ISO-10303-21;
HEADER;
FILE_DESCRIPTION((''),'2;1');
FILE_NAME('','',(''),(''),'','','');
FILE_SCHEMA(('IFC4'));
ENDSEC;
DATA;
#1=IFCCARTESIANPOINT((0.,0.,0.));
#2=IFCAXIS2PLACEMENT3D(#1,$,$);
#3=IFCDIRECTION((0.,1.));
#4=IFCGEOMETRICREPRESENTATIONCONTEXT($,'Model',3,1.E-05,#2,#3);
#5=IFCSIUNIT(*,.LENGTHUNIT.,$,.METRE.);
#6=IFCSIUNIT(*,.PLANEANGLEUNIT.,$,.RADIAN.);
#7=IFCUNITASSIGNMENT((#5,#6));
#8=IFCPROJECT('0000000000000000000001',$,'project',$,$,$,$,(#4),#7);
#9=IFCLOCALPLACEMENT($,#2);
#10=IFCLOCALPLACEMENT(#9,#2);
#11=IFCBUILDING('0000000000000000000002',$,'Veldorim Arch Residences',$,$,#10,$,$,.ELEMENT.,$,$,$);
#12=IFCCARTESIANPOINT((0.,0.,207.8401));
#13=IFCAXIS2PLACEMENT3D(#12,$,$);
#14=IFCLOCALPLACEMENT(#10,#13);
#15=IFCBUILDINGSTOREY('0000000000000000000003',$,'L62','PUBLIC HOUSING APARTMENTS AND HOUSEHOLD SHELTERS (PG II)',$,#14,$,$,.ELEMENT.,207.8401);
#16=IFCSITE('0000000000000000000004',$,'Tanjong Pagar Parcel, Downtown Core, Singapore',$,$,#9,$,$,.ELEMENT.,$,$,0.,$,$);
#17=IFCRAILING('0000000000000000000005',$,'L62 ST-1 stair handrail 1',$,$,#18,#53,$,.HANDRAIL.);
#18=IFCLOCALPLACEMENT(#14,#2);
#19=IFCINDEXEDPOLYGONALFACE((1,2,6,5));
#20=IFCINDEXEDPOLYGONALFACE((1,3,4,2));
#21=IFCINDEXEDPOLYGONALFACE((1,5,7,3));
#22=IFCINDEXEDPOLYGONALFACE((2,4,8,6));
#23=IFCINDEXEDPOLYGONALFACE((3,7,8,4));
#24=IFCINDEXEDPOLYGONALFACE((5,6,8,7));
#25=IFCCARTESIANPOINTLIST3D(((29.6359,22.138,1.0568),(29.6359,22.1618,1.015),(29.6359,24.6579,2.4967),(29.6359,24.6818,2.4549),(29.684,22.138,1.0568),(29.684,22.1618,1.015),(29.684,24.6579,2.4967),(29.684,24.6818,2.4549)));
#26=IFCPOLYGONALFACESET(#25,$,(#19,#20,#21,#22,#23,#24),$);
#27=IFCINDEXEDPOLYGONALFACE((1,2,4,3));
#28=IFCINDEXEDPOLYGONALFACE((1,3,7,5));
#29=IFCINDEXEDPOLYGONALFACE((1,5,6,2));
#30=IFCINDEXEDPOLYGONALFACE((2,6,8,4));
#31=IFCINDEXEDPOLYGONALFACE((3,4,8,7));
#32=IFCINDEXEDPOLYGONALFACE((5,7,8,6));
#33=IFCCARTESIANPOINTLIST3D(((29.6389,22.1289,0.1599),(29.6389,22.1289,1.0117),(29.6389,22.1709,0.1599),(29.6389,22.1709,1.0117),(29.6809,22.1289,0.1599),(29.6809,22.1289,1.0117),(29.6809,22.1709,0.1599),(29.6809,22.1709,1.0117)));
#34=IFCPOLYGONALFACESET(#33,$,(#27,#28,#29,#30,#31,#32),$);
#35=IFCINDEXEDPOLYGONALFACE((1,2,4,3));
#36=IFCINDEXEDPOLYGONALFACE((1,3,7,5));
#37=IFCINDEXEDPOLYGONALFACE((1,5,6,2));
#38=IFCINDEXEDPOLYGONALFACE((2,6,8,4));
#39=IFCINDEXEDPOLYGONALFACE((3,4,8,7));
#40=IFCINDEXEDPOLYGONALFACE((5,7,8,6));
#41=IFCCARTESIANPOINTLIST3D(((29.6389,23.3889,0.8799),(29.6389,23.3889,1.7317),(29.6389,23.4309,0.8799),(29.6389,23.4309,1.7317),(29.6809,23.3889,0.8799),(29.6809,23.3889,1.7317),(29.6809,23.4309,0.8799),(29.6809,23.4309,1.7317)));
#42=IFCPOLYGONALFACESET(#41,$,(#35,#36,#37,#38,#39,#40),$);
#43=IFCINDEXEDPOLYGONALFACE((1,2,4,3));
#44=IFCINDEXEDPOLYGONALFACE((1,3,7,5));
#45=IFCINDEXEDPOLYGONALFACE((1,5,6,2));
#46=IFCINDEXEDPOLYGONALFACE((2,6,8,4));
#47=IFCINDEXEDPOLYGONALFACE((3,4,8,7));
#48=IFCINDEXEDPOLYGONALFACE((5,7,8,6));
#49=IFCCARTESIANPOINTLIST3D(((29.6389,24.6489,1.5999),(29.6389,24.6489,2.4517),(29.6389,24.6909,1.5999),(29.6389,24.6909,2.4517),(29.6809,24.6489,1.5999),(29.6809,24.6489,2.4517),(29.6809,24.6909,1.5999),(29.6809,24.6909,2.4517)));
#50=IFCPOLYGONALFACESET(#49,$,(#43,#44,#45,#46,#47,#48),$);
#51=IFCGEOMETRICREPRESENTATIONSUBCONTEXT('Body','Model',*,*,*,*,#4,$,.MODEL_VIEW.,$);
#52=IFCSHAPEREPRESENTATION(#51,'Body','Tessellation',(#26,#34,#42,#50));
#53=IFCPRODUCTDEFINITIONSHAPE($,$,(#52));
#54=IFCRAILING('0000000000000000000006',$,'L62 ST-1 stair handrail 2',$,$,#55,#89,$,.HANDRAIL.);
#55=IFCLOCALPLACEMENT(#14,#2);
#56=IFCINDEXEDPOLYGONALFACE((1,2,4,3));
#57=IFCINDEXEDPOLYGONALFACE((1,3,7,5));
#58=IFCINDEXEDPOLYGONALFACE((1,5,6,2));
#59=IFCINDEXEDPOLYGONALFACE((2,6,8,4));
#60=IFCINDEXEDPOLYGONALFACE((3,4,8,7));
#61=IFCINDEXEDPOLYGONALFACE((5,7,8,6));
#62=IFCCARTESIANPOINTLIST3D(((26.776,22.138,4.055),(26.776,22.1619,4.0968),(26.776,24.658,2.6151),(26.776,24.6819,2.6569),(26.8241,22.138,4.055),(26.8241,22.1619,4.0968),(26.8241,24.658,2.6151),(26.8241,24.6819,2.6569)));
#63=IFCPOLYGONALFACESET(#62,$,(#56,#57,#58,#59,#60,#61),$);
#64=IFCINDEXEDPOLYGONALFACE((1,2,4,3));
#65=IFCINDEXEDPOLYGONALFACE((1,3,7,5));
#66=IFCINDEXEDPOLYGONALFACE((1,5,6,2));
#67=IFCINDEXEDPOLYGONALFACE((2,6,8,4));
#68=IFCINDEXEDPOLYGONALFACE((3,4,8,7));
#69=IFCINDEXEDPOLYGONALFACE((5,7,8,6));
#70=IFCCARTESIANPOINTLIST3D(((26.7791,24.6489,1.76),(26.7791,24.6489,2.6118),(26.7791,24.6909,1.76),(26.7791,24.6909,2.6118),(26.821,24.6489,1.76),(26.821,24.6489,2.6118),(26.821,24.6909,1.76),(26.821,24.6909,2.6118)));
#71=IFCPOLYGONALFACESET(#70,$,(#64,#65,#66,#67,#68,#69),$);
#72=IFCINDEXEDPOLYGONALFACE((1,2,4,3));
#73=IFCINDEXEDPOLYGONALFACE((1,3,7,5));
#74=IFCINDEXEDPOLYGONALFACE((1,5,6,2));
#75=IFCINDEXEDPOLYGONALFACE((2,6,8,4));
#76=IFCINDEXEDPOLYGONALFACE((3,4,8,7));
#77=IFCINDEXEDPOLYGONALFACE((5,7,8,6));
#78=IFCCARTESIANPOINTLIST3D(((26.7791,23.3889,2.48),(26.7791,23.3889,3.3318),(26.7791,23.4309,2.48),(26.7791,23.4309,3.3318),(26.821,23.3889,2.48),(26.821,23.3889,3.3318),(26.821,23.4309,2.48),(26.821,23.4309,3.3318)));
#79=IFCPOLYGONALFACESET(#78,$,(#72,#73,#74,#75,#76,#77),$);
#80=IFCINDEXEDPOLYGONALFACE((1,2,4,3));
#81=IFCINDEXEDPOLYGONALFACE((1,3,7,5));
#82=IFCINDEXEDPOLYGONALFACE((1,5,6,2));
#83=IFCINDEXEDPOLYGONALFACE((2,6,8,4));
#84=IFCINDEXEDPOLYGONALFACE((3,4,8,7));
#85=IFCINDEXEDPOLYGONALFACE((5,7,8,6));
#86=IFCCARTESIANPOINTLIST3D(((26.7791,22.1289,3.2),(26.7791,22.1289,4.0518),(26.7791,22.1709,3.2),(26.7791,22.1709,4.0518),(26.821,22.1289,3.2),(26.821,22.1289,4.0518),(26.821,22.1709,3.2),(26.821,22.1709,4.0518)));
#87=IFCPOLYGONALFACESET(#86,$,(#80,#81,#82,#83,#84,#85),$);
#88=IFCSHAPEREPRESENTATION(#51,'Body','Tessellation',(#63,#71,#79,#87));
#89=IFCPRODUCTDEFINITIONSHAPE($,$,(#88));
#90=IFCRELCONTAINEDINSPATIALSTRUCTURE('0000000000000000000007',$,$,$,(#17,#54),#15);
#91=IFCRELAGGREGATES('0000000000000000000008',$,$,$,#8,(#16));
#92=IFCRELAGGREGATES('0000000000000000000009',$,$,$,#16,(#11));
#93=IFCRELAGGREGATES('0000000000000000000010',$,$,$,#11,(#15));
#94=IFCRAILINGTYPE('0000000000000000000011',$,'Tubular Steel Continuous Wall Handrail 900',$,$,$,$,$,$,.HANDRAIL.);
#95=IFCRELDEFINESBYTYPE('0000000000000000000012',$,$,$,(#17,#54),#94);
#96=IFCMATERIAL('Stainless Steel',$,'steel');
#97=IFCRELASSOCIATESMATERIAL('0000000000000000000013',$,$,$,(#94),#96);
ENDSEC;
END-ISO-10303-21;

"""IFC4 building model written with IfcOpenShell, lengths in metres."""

from ifc_helpers import new_model, si_unit, direction, frame, origin, origin_2d, place, context, subcontext, project, spatial, rectangle, extrude, material, type_object, element, save


model = new_model("IFC4")

# Units and contexts
model_context = context("Model", 3, precision=1e-05, world=origin(), true_north=direction((0.0, 1.0)))
body_context = subcontext(model_context, "Body", "Model", "MODEL_VIEW")
ifc_project = project(units=[si_unit("LENGTHUNIT", "METRE"), si_unit("PLANEANGLEUNIT", "RADIAN")], contexts=[model_context])

# Site, building, storey
site_placement = place(None, origin())
site = spatial("IfcSite", under=ifc_project, at=site_placement, Name="Tanjong Pagar Parcel, Downtown Core, Singapore", CompositionType="ELEMENT", RefElevation=0.0)
building_placement = place(site_placement, origin())
building = spatial("IfcBuilding", under=site, at=building_placement, Name="Veldorim Arch Residences", CompositionType="ELEMENT")
storey_placement = place(building_placement, frame((0.0, 0.0, 207.8401)))
storey = spatial("IfcBuildingStorey", under=building, at=storey_placement, Name="L62", Description="PUBLIC HOUSING APARTMENTS AND HOUSEHOLD SHELTERS (PG II)", CompositionType="ELEMENT", Elevation=207.8401)

# Railings
ifc_material_1 = material(Name="Stainless Steel", Category="steel")
railing_type_1 = type_object("IfcRailingType", Name="Tubular Steel Continuous Wall Handrail 900", PredefinedType="HANDRAIL", material=ifc_material_1)
railing_1_placement = place(storey_placement, frame((29.6599, 22.1499, 0.1599)))
element("IfcRailing", 1, at=railing_1_placement, inside=storey, type_object=railing_type_1, Name="L62 ST-1 stair handrail 1", PredefinedType="HANDRAIL", context=body_context, shape_type="SweptSolid", body=[
    extrude(rectangle(XDim=0.0481, YDim=0.0481, at=origin_2d()), frame((0.0, 0.0, 0.876), z_axis=(0.0, 0.868253, 0.496121), x_axis=(-1.0, 0.0, 0.0)), (0.0, 0.0, 1.0), 2.9023),
    extrude(rectangle(XDim=0.042, YDim=0.042, at=origin_2d()), origin(), (0.0, 0.0, 1.0), 0.8518),
    extrude(rectangle(XDim=0.042, YDim=0.042, at=origin_2d()), frame((0.0, 1.26, 0.72)), (0.0, 0.0, 1.0), 0.8518),
    extrude(rectangle(XDim=0.042, YDim=0.042, at=origin_2d()), frame((0.0, 2.52, 1.4399)), (0.0, 0.0, 1.0), 0.8518),
])
railing_2_placement = place(storey_placement, frame((26.8, 24.6699, 1.76)))
element("IfcRailing", 2, at=railing_2_placement, inside=storey, type_object=railing_type_1, Name="L62 ST-1 stair handrail 2", PredefinedType="HANDRAIL", context=body_context, shape_type="SweptSolid", body=[
    extrude(rectangle(XDim=0.0481, YDim=0.0481, at=origin_2d()), frame((0.0, 0.0, 0.876), z_axis=(0.0, -0.868253, 0.496121), x_axis=(1.0, 0.0, 0.0)), (0.0, 0.0, 1.0), 2.9023),
    extrude(rectangle(XDim=0.042, YDim=0.042, at=origin_2d()), origin(), (0.0, 0.0, 1.0), 0.8518),
    extrude(rectangle(XDim=0.042, YDim=0.042, at=origin_2d()), frame((0.0, -1.26, 0.72)), (0.0, 0.0, 1.0), 0.8518),
    extrude(rectangle(XDim=0.042, YDim=0.042, at=origin_2d()), frame((0.0, -2.52, 1.4399)), (0.0, 0.0, 1.0), 0.8518),
])

save(model, "model.ifc")
